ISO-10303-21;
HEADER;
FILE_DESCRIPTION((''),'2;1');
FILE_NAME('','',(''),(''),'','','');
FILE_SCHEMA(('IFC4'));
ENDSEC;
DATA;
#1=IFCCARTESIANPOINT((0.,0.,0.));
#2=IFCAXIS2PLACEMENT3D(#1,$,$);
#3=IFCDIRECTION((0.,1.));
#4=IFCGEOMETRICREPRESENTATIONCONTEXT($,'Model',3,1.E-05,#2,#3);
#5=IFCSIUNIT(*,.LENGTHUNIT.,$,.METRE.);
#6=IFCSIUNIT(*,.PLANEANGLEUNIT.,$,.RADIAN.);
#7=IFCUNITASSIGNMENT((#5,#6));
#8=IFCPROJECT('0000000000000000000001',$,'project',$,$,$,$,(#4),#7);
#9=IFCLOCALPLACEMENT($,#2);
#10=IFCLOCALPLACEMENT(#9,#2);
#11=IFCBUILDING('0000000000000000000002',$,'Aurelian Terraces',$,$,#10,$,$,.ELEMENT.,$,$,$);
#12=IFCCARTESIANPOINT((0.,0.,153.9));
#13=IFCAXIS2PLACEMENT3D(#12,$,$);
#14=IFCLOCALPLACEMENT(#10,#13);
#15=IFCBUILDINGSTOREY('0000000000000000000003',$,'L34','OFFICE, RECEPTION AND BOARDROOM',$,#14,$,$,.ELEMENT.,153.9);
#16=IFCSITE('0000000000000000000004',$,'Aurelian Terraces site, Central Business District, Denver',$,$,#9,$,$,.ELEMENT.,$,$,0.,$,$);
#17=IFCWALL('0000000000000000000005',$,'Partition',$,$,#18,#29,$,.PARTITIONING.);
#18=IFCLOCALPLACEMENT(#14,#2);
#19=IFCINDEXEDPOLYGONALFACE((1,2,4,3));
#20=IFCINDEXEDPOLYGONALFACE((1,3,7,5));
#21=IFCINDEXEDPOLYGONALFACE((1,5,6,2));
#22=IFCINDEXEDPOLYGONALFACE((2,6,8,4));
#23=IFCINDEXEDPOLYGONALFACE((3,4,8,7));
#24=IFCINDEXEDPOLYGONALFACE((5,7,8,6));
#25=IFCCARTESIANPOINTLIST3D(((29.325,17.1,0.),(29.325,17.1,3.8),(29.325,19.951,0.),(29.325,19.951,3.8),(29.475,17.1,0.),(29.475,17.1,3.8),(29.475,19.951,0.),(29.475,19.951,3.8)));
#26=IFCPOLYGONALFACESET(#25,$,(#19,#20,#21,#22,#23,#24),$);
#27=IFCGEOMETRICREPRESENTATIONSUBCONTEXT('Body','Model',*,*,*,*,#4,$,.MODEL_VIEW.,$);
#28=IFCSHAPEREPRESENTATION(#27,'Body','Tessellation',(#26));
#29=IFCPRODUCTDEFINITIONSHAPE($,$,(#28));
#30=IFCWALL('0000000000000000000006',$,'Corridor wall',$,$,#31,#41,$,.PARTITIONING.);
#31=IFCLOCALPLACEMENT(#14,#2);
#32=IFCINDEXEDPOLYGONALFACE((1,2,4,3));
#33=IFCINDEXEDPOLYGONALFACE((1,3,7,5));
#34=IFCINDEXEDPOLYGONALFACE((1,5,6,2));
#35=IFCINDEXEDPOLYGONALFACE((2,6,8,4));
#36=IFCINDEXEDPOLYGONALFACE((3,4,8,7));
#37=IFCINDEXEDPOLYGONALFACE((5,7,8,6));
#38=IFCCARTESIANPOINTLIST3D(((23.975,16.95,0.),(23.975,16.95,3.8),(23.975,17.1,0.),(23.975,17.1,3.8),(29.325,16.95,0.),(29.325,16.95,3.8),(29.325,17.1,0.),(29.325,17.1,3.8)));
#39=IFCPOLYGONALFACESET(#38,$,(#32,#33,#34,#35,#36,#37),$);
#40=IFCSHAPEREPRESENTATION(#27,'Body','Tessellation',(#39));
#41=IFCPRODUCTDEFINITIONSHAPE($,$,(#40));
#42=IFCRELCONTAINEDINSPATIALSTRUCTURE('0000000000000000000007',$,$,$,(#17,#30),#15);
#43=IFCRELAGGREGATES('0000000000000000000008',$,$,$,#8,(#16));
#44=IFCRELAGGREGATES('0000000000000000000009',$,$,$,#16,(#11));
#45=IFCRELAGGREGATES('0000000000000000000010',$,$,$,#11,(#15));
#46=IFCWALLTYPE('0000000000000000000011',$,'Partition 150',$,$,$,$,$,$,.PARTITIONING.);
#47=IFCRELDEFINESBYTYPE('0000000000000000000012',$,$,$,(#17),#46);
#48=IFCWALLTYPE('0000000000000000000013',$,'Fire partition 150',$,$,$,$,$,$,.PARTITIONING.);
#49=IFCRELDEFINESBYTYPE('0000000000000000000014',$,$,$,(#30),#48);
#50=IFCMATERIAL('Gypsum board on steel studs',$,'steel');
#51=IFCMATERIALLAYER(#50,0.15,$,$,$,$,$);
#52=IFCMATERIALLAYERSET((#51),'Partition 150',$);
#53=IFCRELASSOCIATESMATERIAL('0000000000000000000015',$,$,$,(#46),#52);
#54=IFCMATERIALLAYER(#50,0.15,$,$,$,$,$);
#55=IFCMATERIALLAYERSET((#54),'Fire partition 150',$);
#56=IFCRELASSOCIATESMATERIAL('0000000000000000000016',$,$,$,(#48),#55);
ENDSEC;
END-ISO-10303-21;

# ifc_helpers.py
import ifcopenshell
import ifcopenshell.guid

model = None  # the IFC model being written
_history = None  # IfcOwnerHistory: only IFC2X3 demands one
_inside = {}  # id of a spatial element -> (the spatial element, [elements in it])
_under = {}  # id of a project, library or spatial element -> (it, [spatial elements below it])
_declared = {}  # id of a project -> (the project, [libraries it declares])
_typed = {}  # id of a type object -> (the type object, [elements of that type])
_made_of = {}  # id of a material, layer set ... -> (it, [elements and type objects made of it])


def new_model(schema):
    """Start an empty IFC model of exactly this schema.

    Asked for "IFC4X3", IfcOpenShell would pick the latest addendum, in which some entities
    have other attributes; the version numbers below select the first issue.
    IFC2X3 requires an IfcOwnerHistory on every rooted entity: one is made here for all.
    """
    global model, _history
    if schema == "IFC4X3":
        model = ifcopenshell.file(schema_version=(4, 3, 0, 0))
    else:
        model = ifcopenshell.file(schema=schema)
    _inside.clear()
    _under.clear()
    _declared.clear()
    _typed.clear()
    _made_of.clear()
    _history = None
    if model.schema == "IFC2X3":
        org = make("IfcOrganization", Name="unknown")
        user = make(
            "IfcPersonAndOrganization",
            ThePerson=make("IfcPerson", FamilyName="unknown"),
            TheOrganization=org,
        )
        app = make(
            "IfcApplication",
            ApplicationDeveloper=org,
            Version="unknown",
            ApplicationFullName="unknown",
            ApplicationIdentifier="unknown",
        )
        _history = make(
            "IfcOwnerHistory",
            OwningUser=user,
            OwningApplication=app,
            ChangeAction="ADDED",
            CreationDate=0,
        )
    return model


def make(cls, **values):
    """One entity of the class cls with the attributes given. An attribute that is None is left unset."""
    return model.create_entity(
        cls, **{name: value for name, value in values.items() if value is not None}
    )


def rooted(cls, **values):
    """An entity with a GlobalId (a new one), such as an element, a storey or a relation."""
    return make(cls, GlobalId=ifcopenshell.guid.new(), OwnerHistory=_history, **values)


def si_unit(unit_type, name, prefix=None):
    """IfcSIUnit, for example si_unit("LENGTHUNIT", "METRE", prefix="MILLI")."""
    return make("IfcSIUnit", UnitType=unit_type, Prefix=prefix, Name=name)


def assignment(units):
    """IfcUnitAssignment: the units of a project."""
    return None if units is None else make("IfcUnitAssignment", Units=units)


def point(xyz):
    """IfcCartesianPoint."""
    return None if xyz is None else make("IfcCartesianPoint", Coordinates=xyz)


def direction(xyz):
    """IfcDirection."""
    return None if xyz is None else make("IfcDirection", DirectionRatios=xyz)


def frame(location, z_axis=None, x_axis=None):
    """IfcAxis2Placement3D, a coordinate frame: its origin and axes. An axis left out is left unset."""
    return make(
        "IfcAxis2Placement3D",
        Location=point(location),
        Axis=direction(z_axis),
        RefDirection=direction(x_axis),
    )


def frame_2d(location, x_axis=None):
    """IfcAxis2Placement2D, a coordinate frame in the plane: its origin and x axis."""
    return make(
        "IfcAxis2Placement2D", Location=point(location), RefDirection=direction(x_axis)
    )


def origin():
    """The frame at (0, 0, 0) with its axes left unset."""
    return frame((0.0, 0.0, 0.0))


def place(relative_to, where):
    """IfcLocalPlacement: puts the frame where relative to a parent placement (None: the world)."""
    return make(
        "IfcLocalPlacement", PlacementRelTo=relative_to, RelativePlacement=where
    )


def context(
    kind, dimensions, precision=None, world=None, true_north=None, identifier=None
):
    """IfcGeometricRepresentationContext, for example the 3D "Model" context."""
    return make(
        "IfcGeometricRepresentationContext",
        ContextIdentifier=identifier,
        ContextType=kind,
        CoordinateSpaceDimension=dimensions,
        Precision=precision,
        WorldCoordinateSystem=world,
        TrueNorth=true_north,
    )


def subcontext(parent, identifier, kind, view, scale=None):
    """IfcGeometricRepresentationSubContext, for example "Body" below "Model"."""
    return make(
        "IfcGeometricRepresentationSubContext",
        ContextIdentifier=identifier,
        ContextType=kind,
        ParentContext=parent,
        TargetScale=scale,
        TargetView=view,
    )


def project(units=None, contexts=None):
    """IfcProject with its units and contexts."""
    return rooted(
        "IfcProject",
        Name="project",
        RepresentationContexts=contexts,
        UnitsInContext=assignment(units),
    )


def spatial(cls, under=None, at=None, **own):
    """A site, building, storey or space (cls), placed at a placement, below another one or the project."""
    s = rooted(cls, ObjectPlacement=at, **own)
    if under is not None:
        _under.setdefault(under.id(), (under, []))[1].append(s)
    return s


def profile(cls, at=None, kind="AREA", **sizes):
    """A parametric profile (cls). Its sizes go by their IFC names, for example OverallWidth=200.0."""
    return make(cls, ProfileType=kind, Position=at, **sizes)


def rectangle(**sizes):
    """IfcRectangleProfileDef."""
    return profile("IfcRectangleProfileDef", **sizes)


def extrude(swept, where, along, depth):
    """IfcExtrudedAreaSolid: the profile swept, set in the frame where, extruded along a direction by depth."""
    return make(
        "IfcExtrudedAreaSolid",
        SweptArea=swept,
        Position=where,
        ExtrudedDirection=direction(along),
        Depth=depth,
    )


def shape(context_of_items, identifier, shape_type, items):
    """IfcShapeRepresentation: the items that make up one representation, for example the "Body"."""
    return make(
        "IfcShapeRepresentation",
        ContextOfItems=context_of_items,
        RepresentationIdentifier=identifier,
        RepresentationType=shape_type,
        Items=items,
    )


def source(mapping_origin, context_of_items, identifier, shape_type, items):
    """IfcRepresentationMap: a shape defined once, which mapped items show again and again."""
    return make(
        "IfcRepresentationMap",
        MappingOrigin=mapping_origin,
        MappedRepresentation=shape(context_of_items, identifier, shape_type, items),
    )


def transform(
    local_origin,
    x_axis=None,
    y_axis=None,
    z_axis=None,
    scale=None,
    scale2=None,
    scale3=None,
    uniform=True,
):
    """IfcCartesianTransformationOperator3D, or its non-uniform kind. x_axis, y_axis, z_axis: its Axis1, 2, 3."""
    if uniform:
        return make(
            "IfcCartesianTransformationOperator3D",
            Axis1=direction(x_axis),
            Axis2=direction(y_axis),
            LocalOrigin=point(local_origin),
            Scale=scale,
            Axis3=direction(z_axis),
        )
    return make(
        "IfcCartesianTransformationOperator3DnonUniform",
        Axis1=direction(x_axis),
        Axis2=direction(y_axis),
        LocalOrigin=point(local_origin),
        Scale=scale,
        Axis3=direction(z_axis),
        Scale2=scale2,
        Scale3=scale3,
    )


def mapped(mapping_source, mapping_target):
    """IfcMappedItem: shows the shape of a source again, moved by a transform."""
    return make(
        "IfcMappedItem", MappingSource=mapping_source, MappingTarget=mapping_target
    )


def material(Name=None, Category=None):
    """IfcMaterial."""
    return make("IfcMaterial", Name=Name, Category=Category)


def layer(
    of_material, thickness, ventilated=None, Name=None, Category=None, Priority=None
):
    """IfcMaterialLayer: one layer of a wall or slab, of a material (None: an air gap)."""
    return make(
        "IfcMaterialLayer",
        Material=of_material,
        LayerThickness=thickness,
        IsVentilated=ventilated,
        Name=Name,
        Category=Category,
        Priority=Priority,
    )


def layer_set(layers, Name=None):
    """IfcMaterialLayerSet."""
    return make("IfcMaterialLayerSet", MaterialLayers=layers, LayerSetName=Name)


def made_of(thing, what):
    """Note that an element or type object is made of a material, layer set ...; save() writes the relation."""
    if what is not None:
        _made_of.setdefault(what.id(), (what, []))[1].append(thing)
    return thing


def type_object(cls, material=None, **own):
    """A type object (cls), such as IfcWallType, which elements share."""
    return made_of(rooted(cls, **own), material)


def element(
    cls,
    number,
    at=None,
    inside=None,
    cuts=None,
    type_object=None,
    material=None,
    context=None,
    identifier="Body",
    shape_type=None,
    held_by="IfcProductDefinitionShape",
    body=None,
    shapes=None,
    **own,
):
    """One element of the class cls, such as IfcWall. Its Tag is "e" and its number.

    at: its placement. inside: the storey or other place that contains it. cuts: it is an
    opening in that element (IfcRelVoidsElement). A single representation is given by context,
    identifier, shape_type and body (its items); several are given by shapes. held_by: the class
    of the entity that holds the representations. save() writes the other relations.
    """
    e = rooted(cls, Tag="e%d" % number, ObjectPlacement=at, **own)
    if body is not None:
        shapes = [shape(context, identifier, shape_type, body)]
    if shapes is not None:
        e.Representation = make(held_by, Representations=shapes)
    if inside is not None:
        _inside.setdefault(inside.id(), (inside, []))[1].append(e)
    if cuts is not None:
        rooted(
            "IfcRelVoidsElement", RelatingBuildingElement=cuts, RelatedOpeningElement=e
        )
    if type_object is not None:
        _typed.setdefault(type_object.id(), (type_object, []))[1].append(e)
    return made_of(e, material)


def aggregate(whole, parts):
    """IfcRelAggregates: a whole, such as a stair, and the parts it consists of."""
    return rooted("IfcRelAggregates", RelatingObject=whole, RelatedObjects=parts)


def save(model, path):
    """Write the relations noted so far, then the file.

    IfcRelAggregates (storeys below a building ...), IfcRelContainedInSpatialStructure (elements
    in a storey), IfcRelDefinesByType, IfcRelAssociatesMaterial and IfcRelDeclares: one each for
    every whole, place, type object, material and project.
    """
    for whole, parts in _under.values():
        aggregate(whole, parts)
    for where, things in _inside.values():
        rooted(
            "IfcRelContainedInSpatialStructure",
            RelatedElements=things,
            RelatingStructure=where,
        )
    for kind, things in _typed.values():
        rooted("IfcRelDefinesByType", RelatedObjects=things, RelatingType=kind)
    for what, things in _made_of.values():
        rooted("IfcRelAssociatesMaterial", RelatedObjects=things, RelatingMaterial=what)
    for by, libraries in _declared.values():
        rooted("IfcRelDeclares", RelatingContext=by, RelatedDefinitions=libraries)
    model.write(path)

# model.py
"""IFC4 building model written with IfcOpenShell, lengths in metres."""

from ifc_helpers import new_model, si_unit, direction, frame, frame_2d, origin, place, context, subcontext, project, spatial, rectangle, extrude, source, transform, mapped, material, layer, layer_set, type_object, element, save


model = new_model("IFC4")

# Units and contexts
model_context = context("Model", 3, precision=1e-05, world=origin(), true_north=direction((0.0, 1.0)))
body_context = subcontext(model_context, "Body", "Model", "MODEL_VIEW")
ifc_project = project(units=[si_unit("LENGTHUNIT", "METRE"), si_unit("PLANEANGLEUNIT", "RADIAN")], contexts=[model_context])

# Site, building, storey
site_placement = place(None, origin())
site = spatial("IfcSite", under=ifc_project, at=site_placement, Name="Aurelian Terraces site, Central Business District, Denver", CompositionType="ELEMENT", RefElevation=0.0)
building_placement = place(site_placement, origin())
building = spatial("IfcBuilding", under=site, at=building_placement, Name="Aurelian Terraces", CompositionType="ELEMENT")
storey_placement = place(building_placement, frame((0.0, 0.0, 153.9)))
storey = spatial("IfcBuildingStorey", under=building, at=storey_placement, Name="L34", Description="OFFICE, RECEPTION AND BOARDROOM", CompositionType="ELEMENT", Elevation=153.9)

# Shared definitions
ifc_material_1 = material(Name="Gypsum board on steel studs", Category="steel")
ifc_layer_1 = layer(ifc_material_1, 0.15)
ifc_layer_set_1 = layer_set([ifc_layer_1], Name="Partition 150")
wall_type_1 = type_object("IfcWallType", Name="Partition 150", PredefinedType="PARTITIONING", material=ifc_layer_set_1)

# Shared definitions
ifc_layer_2 = layer(ifc_material_1, 0.15)
ifc_layer_set_2 = layer_set([ifc_layer_2], Name="Fire partition 150")
wall_type_2 = type_object("IfcWallType", Name="Fire partition 150", PredefinedType="PARTITIONING", material=ifc_layer_set_2)

# Walls
shared_shape_1 = source(origin(), body_context, "Body", "SweptSolid", [
    extrude(rectangle(XDim=2.851, YDim=0.15, at=frame_2d((1.4255, 0.0))), origin(), (0.0, 0.0, 1.0), 3.8),
])
wall_1_placement = place(storey_placement, frame((29.4, 17.1, 0.0), z_axis=(0.0, 0.0, 1.0), x_axis=(0.0, 1.0, 0.0)))
element("IfcWall", 1, at=wall_1_placement, inside=storey, type_object=wall_type_1, Name="Partition", PredefinedType="PARTITIONING", context=body_context, shape_type="MappedRepresentation", body=[
    mapped(shared_shape_1, transform((0.0, 0.0, 0.0), scale=1.0)),
])
shared_shape_2 = source(origin(), body_context, "Body", "SweptSolid", [
    extrude(rectangle(XDim=5.35, YDim=0.15, at=frame_2d((2.675, 0.0))), origin(), (0.0, 0.0, 1.0), 3.8),
])
wall_2_placement = place(storey_placement, frame((23.975, 17.025, 0.0), z_axis=(0.0, 0.0, 1.0), x_axis=(1.0, 0.0, 0.0)))
element("IfcWall", 2, at=wall_2_placement, inside=storey, type_object=wall_type_2, Name="Corridor wall", PredefinedType="PARTITIONING", context=body_context, shape_type="MappedRepresentation", body=[
    mapped(shared_shape_2, transform((0.0, 0.0, 0.0), scale=1.0)),
])

save(model, "model.ifc")
